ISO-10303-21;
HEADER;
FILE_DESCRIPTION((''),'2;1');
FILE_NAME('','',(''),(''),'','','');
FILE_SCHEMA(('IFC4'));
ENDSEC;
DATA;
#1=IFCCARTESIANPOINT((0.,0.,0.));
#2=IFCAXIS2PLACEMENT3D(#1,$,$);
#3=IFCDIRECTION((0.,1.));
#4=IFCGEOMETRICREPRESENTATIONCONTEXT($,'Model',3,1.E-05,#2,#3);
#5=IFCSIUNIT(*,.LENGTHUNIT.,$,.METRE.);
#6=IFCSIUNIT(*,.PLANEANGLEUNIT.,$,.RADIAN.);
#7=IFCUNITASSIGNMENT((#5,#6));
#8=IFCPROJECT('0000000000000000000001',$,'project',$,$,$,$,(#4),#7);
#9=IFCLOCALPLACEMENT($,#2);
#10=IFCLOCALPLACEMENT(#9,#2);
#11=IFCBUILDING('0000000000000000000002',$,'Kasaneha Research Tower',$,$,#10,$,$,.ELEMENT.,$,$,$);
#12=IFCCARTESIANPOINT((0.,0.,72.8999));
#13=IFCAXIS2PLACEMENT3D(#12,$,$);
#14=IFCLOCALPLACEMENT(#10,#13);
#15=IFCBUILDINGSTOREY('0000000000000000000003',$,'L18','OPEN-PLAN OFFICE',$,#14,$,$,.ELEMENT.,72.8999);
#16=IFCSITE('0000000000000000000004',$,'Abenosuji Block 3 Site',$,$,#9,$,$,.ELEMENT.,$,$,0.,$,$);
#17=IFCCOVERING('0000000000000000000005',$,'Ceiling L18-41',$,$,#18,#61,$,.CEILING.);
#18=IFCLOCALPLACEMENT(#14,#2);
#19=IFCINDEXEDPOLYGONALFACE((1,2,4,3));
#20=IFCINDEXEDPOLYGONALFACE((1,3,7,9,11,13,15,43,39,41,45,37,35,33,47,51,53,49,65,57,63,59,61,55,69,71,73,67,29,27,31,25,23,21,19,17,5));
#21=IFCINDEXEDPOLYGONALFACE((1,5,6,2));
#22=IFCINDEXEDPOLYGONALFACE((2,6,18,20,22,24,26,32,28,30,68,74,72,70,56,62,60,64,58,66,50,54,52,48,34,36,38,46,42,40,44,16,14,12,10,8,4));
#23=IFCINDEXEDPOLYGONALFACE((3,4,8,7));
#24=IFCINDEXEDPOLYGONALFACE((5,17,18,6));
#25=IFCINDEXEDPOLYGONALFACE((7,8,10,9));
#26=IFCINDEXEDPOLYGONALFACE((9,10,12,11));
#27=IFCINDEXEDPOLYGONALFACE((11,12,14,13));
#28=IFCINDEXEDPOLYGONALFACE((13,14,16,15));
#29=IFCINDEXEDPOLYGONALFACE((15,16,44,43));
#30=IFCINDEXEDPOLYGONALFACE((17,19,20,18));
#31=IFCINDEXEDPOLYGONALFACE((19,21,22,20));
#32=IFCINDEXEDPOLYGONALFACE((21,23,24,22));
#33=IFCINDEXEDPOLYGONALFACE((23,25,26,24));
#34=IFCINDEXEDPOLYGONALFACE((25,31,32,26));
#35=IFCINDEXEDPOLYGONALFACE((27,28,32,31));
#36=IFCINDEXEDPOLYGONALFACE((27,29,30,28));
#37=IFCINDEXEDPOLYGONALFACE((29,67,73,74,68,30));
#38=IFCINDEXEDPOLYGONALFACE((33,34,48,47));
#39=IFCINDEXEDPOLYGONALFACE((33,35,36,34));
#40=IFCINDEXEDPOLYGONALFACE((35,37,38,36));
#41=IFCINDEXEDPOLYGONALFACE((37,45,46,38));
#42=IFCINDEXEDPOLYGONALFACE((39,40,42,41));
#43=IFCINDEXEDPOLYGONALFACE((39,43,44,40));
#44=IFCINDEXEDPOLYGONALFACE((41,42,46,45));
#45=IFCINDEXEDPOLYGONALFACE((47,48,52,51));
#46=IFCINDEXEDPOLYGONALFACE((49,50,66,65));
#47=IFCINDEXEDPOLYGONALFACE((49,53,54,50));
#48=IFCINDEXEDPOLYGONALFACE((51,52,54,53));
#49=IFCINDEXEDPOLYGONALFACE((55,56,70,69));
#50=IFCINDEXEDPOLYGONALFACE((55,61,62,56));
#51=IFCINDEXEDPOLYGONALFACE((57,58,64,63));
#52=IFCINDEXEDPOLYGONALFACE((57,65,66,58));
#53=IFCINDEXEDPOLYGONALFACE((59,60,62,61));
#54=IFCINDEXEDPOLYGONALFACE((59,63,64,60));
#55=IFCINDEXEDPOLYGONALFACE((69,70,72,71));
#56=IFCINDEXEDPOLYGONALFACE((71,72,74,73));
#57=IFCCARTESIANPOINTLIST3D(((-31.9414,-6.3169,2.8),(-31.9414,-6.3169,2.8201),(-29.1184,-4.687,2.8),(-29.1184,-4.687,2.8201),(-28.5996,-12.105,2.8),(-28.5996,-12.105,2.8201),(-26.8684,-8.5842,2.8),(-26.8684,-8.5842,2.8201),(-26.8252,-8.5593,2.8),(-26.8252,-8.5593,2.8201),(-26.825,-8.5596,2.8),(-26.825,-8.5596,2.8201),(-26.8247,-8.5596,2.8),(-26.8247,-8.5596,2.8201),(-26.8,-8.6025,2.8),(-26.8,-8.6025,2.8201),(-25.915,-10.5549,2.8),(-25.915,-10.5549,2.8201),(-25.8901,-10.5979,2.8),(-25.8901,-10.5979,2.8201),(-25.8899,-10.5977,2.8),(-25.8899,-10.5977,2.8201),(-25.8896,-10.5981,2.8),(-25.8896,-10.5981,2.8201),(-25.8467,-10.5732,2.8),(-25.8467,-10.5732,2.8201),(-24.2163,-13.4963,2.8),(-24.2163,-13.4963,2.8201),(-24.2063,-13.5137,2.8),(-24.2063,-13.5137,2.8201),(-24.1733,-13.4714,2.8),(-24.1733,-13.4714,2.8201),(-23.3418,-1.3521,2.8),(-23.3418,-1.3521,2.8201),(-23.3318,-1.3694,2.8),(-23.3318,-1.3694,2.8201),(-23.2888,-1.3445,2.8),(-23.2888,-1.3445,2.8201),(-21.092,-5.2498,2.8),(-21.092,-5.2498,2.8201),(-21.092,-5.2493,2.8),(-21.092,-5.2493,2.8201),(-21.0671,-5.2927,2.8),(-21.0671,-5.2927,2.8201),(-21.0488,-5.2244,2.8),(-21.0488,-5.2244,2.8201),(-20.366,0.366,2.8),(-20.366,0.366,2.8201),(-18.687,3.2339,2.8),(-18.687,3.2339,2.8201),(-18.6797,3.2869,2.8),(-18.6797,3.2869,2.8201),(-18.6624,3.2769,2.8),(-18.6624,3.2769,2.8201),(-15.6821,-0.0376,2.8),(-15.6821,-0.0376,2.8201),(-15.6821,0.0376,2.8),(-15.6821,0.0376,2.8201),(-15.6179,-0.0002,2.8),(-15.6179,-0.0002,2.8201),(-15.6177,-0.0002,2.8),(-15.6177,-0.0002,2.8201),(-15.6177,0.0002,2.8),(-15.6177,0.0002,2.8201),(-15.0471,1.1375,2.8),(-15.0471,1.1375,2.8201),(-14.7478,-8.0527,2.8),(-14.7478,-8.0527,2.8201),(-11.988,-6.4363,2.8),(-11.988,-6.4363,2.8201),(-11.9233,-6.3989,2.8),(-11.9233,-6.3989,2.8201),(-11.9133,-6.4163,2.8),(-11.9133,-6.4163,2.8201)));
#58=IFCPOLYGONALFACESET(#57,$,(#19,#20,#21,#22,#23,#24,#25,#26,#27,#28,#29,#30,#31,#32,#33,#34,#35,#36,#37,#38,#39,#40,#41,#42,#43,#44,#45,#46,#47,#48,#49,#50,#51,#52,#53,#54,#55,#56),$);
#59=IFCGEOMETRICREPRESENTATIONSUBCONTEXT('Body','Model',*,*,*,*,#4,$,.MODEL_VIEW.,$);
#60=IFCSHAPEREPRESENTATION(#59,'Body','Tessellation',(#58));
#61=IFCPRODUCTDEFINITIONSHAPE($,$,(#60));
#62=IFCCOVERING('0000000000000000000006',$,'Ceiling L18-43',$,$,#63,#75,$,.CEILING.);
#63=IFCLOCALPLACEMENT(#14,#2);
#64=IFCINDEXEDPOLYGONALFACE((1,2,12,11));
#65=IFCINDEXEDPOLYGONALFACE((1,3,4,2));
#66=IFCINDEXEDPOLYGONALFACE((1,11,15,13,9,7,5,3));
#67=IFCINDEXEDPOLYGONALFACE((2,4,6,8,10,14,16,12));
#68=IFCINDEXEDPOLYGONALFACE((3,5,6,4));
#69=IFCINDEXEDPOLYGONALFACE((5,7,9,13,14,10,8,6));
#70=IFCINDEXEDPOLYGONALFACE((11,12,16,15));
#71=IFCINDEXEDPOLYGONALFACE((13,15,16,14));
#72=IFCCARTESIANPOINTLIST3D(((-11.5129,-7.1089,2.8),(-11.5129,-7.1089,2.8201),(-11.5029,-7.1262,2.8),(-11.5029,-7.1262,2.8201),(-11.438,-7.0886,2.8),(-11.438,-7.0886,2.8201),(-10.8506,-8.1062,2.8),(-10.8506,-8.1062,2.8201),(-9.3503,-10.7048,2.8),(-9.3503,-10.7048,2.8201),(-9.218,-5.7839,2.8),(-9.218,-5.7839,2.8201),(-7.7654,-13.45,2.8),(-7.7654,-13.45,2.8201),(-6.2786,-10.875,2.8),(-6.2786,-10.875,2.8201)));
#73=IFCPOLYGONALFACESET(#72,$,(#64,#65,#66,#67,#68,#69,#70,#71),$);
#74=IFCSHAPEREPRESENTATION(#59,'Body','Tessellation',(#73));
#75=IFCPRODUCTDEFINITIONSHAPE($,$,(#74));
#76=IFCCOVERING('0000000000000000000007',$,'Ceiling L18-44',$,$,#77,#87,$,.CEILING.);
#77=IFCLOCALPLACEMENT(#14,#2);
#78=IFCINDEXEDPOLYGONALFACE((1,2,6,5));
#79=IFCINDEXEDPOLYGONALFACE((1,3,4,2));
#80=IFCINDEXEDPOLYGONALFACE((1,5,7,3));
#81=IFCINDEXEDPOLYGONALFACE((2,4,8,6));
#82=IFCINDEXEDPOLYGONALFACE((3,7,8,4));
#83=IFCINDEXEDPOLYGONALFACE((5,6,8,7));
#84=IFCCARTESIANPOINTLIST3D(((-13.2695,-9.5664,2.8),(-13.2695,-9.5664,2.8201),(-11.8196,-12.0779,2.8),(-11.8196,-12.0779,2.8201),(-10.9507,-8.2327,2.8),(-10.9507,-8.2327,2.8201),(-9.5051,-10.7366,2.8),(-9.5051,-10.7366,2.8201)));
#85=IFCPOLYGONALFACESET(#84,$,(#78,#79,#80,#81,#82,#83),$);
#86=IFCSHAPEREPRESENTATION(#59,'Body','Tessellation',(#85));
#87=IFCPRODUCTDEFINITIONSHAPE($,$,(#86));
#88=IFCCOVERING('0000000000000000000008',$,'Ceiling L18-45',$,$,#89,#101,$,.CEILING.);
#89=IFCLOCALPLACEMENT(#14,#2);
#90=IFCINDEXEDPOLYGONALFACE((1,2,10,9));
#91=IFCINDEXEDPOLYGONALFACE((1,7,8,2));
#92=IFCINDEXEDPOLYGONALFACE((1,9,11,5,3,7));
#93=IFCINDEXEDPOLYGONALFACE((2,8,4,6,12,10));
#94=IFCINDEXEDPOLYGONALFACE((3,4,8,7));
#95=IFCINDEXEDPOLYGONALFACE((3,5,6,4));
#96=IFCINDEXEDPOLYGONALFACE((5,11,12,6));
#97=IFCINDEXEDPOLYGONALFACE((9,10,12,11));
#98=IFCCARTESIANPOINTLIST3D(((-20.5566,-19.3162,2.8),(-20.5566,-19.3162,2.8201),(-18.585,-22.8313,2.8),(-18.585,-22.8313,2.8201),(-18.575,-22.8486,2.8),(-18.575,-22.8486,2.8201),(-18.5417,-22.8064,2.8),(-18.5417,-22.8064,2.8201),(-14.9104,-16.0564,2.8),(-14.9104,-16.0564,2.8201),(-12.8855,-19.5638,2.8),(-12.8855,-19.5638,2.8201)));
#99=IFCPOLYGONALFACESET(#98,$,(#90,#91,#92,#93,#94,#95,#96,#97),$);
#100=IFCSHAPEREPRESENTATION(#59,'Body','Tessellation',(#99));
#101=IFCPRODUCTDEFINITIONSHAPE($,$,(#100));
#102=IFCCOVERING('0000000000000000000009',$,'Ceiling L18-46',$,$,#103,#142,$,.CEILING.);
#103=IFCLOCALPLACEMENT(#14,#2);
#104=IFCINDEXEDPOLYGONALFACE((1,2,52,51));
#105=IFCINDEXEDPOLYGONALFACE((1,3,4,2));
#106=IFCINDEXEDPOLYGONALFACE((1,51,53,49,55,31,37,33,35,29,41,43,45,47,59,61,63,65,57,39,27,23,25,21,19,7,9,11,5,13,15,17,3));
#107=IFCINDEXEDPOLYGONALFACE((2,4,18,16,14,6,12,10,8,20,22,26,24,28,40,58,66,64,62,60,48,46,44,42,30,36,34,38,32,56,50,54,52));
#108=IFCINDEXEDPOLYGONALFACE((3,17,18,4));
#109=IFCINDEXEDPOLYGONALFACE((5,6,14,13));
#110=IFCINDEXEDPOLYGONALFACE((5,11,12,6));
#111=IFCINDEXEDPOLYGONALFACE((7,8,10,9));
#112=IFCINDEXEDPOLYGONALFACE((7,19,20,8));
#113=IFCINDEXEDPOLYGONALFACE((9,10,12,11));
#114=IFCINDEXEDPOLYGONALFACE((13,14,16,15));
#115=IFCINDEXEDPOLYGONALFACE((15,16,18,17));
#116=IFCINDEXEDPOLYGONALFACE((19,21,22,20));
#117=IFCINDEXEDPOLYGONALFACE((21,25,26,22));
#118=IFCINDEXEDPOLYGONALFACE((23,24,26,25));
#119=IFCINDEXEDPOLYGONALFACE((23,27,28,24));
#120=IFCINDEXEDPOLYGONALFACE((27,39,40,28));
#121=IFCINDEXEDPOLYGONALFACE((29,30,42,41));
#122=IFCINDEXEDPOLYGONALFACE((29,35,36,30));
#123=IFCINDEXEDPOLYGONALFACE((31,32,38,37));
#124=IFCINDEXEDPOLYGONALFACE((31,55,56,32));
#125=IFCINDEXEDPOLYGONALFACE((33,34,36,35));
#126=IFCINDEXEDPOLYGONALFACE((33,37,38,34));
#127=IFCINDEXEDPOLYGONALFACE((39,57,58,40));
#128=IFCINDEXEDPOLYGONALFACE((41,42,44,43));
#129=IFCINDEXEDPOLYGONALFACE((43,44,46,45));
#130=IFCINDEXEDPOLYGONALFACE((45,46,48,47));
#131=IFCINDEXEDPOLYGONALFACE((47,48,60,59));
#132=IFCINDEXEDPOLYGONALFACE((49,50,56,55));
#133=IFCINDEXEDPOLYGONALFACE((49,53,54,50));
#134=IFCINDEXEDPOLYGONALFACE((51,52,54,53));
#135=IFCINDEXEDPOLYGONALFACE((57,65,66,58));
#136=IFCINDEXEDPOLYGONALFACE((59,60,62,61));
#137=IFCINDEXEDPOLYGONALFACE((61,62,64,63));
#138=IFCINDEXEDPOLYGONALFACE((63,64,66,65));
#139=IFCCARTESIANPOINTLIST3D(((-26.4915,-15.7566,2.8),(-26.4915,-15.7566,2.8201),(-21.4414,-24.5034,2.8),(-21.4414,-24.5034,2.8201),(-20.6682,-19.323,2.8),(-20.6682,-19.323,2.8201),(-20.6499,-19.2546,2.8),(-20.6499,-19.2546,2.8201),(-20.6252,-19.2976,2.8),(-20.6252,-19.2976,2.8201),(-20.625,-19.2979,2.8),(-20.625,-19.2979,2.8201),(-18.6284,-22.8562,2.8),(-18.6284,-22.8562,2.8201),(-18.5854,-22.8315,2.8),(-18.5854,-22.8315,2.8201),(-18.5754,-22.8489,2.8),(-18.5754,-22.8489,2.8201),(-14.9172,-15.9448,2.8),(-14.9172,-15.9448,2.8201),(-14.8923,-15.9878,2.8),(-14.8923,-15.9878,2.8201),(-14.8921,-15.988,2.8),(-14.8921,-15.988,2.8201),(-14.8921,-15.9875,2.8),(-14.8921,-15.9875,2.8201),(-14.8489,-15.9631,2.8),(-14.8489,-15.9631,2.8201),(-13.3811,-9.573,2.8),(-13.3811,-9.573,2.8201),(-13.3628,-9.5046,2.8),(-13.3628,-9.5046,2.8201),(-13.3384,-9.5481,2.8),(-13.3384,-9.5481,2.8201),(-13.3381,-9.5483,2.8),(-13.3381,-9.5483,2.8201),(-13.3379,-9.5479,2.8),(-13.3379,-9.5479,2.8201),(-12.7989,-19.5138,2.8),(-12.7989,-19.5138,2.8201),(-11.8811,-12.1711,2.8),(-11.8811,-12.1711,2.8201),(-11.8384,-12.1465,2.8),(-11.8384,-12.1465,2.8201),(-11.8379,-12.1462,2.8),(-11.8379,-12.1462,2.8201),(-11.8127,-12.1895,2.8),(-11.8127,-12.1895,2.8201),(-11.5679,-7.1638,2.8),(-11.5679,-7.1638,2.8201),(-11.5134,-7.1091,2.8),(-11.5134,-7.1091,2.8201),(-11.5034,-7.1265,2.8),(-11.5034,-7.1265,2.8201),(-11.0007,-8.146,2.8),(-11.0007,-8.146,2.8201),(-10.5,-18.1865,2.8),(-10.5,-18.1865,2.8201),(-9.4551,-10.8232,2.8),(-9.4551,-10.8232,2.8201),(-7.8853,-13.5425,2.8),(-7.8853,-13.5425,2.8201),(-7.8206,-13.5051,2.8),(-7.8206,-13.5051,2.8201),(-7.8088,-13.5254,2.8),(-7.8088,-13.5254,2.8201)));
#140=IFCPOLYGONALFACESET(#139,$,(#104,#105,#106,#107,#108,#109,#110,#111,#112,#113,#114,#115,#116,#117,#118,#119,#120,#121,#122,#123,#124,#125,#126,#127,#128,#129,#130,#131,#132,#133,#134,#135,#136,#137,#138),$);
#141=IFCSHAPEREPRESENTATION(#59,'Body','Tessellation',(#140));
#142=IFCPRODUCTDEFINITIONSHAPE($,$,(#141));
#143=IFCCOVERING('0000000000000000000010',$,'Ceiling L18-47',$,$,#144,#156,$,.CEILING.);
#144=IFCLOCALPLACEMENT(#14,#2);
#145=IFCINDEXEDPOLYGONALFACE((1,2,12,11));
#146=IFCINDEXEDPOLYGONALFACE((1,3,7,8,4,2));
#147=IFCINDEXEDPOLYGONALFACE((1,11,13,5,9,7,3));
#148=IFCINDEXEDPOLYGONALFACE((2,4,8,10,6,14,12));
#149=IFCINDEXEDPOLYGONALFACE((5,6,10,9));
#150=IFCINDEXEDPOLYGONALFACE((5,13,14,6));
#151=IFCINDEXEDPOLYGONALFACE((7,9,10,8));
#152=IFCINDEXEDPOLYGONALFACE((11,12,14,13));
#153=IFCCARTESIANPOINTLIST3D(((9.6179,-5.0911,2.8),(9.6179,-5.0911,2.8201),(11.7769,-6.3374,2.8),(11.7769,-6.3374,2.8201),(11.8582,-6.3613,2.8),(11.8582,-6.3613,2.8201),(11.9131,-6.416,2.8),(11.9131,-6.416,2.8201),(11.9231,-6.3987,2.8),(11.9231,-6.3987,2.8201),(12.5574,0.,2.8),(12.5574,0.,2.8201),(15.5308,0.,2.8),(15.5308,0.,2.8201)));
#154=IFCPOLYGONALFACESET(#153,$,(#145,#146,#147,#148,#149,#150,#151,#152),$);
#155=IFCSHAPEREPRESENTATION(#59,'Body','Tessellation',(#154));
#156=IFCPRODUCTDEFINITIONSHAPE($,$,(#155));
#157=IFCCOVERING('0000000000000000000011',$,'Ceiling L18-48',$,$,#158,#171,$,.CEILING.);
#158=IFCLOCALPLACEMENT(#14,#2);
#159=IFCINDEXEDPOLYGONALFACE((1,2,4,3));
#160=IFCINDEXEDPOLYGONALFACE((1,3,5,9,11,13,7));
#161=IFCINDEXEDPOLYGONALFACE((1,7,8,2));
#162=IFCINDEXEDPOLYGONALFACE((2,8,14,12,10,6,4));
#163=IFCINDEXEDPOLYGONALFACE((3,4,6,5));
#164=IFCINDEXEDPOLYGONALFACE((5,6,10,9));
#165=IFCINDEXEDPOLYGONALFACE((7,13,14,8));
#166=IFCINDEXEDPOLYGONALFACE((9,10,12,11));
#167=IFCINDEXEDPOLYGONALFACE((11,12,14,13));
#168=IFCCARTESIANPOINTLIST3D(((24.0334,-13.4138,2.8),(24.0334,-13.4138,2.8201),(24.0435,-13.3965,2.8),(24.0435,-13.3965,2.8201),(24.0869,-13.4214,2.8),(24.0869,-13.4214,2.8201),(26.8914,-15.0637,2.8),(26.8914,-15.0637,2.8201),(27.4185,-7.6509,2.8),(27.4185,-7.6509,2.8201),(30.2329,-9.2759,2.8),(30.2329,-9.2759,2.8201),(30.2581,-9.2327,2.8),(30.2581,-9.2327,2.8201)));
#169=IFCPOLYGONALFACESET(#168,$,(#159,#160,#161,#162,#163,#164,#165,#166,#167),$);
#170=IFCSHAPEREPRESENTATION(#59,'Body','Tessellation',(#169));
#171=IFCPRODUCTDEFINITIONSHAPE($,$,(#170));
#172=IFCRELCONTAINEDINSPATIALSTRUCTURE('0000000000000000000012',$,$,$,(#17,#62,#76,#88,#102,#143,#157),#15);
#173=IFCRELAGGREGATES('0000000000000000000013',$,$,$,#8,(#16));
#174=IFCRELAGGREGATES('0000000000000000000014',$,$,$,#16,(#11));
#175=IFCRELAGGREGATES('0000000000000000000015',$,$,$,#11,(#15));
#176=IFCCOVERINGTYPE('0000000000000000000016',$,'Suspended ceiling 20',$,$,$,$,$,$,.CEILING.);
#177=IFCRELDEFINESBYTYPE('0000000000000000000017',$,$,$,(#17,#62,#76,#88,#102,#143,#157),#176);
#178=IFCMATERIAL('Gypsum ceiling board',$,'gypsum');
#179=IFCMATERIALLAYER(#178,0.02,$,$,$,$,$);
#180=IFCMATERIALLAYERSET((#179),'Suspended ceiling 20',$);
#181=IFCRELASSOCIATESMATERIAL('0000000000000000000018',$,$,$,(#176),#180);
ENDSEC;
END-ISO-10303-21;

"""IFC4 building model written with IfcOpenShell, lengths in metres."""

from ifc_helpers import new_model, si_unit, direction, frame, origin, place, context, subcontext, project, spatial, polyline, outline, extrude, material, layer, layer_set, type_object, element, save


model = new_model("IFC4")

# Units and contexts
model_context = context("Model", 3, precision=1e-05, world=origin(), true_north=direction((0.0, 1.0)))
body_context = subcontext(model_context, "Body", "Model", "MODEL_VIEW")
ifc_project = project(units=[si_unit("LENGTHUNIT", "METRE"), si_unit("PLANEANGLEUNIT", "RADIAN")], contexts=[model_context])

# Site, building, storey
site_placement = place(None, origin())
site = spatial("IfcSite", under=ifc_project, at=site_placement, Name="Abenosuji Block 3 Site", CompositionType="ELEMENT", RefElevation=0.0)
building_placement = place(site_placement, origin())
building = spatial("IfcBuilding", under=site, at=building_placement, Name="Kasaneha Research Tower", CompositionType="ELEMENT")
storey_placement = place(building_placement, frame((0.0, 0.0, 72.8999)))
storey = spatial("IfcBuildingStorey", under=building, at=storey_placement, Name="L18", Description="OPEN-PLAN OFFICE", CompositionType="ELEMENT", Elevation=72.8999)

# Coverings
ifc_material_1 = material(Name="Gypsum ceiling board", Category="gypsum")
ifc_layer_1 = layer(ifc_material_1, 0.02)
ifc_layer_set_1 = layer_set([ifc_layer_1], Name="Suspended ceiling 20")
covering_type = type_object("IfcCoveringType", Name="Suspended ceiling 20", PredefinedType="CEILING", material=ifc_layer_set_1)
covering_1_placement = place(storey_placement, frame((0.0, 0.0, 2.8)))
element("IfcCovering", 1, at=covering_1_placement, inside=storey, type_object=covering_type, Name="Ceiling L18-41", PredefinedType="CEILING", context=body_context, shape_type="SweptSolid", body=[
    extrude(outline(polyline([(-25.8901, -10.5979), (-25.915, -10.5549), (-28.5996, -12.105), (-31.9414, -6.3169), (-29.1184, -4.687), (-26.8684, -8.5842), (-26.8252, -8.5593), (-26.825, -8.5596), (-26.8247, -8.5596), (-26.8, -8.6025), (-21.0671, -5.2927), (-21.092, -5.2498), (-21.092, -5.2498), (-21.092, -5.2493), (-21.0488, -5.2244), (-23.2888, -1.3445), (-23.3318, -1.3694), (-23.3418, -1.3521), (-20.366, 0.366), (-18.6797, 3.2869), (-18.6624, 3.2769), (-18.687, 3.2339), (-15.0471, 1.1375), (-15.6821, 0.0376), (-15.6177, 0.0002), (-15.6179, -0.0002), (-15.6177, -0.0002), (-15.6821, -0.0376), (-11.988, -6.4363), (-11.9233, -6.3989), (-11.9133, -6.4163), (-14.7478, -8.0527), (-24.2063, -13.5137), (-24.2163, -13.4963), (-24.1733, -13.4714), (-25.8467, -10.5732), (-25.8896, -10.5981), (-25.8899, -10.5977), (-25.8901, -10.5979)])), origin(), (0.0, 0.0, 1.0), 0.02),
])
covering_2_placement = place(storey_placement, frame((0.0, 0.0, 2.8)))
element("IfcCovering", 2, at=covering_2_placement, inside=storey, type_object=covering_type, Name="Ceiling L18-43", PredefinedType="CEILING", context=body_context, shape_type="SweptSolid", body=[
    extrude(outline(polyline([(-7.7654, -13.45), (-9.3503, -10.7048), (-9.3503, -10.7048), (-10.8506, -8.1062), (-10.8506, -8.1062), (-11.438, -7.0886), (-11.5029, -7.1262), (-11.5129, -7.1089), (-9.218, -5.7839), (-6.2786, -10.875), (-7.7654, -13.45)])), origin(), (0.0, 0.0, 1.0), 0.02),
])
covering_3_placement = place(storey_placement, frame((0.0, 0.0, 2.8)))
element("IfcCovering", 3, at=covering_3_placement, inside=storey, type_object=covering_type, Name="Ceiling L18-44", PredefinedType="CEILING", context=body_context, shape_type="SweptSolid", body=[
    extrude(outline(polyline([(-10.9507, -8.2327), (-9.5051, -10.7366), (-11.8196, -12.0779), (-13.2695, -9.5664), (-10.9507, -8.2327)])), origin(), (0.0, 0.0, 1.0), 0.02),
])
covering_4_placement = place(storey_placement, frame((0.0, 0.0, 2.8)))
element("IfcCovering", 4, at=covering_4_placement, inside=storey, type_object=covering_type, Name="Ceiling L18-45", PredefinedType="CEILING", context=body_context, shape_type="SweptSolid", body=[
    extrude(outline(polyline([(-18.575, -22.8486), (-18.585, -22.8313), (-18.5417, -22.8064), (-20.5566, -19.3162), (-14.9104, -16.0564), (-12.8855, -19.5637), (-12.8423, -19.5388), (-12.8423, -19.5388), (-18.575, -22.8486)])), origin(), (0.0, 0.0, 1.0), 0.02),
])
covering_5_placement = place(storey_placement, frame((0.0, 0.0, 2.8)))
element("IfcCovering", 5, at=covering_5_placement, inside=storey, type_object=covering_type, Name="Ceiling L18-46", PredefinedType="CEILING", context=body_context, shape_type="SweptSolid", body=[
    extrude(outline(polyline([(-13.3384, -9.5481), (-13.3381, -9.5483), (-13.3811, -9.573), (-11.8811, -12.1711), (-11.8384, -12.1465), (-11.8384, -12.1465), (-11.8379, -12.1462), (-11.8127, -12.1895), (-9.4551, -10.8232), (-7.8853, -13.5425), (-7.8206, -13.5051), (-7.8088, -13.5254), (-10.5, -18.1865), (-12.8418, -19.5386), (-12.8418, -19.5386), (-12.7988, -19.5139), (-14.8489, -15.9631), (-14.8921, -15.988), (-14.8921, -15.9875), (-14.8923, -15.9878), (-14.9172, -15.9448), (-20.6499, -19.2546), (-20.6252, -19.2976), (-20.6252, -19.2976), (-20.625, -19.2979), (-20.6682, -19.323), (-18.6284, -22.8562), (-18.5854, -22.8315), (-18.5754, -22.8489), (-21.4414, -24.5034), (-26.4915, -15.7566), (-11.5134, -7.1091), (-11.5034, -7.1265), (-11.5679, -7.1638), (-11.0007, -8.146), (-13.3628, -9.5046), (-13.3379, -9.5479), (-13.3384, -9.5481)])), origin(), (0.0, 0.0, 1.0), 0.02),
])
covering_6_placement = place(storey_placement, frame((0.0, 0.0, 2.8)))
element("IfcCovering", 6, at=covering_6_placement, inside=storey, type_object=covering_type, Name="Ceiling L18-47", PredefinedType="CEILING", context=body_context, shape_type="SweptSolid", body=[
    extrude(outline(polyline([(9.6179, -5.0911), (12.5574, 0.0), (15.5308, 0.0), (15.5308, 0.0), (11.8582, -6.3613), (11.9231, -6.3987), (11.9131, -6.416), (11.7769, -6.3374), (9.6179, -5.0911)])), origin(), (0.0, 0.0, 1.0), 0.02),
])
covering_7_placement = place(storey_placement, frame((0.0, 0.0, 2.8)))
element("IfcCovering", 7, at=covering_7_placement, inside=storey, type_object=covering_type, Name="Ceiling L18-48", PredefinedType="CEILING", context=body_context, shape_type="SweptSolid", body=[
    extrude(outline(polyline([(24.0334, -13.4138), (24.0435, -13.3965), (24.0869, -13.4214), (27.4185, -7.6509), (30.2329, -9.2759), (30.2581, -9.2327), (30.2581, -9.2327), (26.8914, -15.0637), (24.0334, -13.4138)])), origin(), (0.0, 0.0, 1.0), 0.02),
])

save(model, "model.ifc")
